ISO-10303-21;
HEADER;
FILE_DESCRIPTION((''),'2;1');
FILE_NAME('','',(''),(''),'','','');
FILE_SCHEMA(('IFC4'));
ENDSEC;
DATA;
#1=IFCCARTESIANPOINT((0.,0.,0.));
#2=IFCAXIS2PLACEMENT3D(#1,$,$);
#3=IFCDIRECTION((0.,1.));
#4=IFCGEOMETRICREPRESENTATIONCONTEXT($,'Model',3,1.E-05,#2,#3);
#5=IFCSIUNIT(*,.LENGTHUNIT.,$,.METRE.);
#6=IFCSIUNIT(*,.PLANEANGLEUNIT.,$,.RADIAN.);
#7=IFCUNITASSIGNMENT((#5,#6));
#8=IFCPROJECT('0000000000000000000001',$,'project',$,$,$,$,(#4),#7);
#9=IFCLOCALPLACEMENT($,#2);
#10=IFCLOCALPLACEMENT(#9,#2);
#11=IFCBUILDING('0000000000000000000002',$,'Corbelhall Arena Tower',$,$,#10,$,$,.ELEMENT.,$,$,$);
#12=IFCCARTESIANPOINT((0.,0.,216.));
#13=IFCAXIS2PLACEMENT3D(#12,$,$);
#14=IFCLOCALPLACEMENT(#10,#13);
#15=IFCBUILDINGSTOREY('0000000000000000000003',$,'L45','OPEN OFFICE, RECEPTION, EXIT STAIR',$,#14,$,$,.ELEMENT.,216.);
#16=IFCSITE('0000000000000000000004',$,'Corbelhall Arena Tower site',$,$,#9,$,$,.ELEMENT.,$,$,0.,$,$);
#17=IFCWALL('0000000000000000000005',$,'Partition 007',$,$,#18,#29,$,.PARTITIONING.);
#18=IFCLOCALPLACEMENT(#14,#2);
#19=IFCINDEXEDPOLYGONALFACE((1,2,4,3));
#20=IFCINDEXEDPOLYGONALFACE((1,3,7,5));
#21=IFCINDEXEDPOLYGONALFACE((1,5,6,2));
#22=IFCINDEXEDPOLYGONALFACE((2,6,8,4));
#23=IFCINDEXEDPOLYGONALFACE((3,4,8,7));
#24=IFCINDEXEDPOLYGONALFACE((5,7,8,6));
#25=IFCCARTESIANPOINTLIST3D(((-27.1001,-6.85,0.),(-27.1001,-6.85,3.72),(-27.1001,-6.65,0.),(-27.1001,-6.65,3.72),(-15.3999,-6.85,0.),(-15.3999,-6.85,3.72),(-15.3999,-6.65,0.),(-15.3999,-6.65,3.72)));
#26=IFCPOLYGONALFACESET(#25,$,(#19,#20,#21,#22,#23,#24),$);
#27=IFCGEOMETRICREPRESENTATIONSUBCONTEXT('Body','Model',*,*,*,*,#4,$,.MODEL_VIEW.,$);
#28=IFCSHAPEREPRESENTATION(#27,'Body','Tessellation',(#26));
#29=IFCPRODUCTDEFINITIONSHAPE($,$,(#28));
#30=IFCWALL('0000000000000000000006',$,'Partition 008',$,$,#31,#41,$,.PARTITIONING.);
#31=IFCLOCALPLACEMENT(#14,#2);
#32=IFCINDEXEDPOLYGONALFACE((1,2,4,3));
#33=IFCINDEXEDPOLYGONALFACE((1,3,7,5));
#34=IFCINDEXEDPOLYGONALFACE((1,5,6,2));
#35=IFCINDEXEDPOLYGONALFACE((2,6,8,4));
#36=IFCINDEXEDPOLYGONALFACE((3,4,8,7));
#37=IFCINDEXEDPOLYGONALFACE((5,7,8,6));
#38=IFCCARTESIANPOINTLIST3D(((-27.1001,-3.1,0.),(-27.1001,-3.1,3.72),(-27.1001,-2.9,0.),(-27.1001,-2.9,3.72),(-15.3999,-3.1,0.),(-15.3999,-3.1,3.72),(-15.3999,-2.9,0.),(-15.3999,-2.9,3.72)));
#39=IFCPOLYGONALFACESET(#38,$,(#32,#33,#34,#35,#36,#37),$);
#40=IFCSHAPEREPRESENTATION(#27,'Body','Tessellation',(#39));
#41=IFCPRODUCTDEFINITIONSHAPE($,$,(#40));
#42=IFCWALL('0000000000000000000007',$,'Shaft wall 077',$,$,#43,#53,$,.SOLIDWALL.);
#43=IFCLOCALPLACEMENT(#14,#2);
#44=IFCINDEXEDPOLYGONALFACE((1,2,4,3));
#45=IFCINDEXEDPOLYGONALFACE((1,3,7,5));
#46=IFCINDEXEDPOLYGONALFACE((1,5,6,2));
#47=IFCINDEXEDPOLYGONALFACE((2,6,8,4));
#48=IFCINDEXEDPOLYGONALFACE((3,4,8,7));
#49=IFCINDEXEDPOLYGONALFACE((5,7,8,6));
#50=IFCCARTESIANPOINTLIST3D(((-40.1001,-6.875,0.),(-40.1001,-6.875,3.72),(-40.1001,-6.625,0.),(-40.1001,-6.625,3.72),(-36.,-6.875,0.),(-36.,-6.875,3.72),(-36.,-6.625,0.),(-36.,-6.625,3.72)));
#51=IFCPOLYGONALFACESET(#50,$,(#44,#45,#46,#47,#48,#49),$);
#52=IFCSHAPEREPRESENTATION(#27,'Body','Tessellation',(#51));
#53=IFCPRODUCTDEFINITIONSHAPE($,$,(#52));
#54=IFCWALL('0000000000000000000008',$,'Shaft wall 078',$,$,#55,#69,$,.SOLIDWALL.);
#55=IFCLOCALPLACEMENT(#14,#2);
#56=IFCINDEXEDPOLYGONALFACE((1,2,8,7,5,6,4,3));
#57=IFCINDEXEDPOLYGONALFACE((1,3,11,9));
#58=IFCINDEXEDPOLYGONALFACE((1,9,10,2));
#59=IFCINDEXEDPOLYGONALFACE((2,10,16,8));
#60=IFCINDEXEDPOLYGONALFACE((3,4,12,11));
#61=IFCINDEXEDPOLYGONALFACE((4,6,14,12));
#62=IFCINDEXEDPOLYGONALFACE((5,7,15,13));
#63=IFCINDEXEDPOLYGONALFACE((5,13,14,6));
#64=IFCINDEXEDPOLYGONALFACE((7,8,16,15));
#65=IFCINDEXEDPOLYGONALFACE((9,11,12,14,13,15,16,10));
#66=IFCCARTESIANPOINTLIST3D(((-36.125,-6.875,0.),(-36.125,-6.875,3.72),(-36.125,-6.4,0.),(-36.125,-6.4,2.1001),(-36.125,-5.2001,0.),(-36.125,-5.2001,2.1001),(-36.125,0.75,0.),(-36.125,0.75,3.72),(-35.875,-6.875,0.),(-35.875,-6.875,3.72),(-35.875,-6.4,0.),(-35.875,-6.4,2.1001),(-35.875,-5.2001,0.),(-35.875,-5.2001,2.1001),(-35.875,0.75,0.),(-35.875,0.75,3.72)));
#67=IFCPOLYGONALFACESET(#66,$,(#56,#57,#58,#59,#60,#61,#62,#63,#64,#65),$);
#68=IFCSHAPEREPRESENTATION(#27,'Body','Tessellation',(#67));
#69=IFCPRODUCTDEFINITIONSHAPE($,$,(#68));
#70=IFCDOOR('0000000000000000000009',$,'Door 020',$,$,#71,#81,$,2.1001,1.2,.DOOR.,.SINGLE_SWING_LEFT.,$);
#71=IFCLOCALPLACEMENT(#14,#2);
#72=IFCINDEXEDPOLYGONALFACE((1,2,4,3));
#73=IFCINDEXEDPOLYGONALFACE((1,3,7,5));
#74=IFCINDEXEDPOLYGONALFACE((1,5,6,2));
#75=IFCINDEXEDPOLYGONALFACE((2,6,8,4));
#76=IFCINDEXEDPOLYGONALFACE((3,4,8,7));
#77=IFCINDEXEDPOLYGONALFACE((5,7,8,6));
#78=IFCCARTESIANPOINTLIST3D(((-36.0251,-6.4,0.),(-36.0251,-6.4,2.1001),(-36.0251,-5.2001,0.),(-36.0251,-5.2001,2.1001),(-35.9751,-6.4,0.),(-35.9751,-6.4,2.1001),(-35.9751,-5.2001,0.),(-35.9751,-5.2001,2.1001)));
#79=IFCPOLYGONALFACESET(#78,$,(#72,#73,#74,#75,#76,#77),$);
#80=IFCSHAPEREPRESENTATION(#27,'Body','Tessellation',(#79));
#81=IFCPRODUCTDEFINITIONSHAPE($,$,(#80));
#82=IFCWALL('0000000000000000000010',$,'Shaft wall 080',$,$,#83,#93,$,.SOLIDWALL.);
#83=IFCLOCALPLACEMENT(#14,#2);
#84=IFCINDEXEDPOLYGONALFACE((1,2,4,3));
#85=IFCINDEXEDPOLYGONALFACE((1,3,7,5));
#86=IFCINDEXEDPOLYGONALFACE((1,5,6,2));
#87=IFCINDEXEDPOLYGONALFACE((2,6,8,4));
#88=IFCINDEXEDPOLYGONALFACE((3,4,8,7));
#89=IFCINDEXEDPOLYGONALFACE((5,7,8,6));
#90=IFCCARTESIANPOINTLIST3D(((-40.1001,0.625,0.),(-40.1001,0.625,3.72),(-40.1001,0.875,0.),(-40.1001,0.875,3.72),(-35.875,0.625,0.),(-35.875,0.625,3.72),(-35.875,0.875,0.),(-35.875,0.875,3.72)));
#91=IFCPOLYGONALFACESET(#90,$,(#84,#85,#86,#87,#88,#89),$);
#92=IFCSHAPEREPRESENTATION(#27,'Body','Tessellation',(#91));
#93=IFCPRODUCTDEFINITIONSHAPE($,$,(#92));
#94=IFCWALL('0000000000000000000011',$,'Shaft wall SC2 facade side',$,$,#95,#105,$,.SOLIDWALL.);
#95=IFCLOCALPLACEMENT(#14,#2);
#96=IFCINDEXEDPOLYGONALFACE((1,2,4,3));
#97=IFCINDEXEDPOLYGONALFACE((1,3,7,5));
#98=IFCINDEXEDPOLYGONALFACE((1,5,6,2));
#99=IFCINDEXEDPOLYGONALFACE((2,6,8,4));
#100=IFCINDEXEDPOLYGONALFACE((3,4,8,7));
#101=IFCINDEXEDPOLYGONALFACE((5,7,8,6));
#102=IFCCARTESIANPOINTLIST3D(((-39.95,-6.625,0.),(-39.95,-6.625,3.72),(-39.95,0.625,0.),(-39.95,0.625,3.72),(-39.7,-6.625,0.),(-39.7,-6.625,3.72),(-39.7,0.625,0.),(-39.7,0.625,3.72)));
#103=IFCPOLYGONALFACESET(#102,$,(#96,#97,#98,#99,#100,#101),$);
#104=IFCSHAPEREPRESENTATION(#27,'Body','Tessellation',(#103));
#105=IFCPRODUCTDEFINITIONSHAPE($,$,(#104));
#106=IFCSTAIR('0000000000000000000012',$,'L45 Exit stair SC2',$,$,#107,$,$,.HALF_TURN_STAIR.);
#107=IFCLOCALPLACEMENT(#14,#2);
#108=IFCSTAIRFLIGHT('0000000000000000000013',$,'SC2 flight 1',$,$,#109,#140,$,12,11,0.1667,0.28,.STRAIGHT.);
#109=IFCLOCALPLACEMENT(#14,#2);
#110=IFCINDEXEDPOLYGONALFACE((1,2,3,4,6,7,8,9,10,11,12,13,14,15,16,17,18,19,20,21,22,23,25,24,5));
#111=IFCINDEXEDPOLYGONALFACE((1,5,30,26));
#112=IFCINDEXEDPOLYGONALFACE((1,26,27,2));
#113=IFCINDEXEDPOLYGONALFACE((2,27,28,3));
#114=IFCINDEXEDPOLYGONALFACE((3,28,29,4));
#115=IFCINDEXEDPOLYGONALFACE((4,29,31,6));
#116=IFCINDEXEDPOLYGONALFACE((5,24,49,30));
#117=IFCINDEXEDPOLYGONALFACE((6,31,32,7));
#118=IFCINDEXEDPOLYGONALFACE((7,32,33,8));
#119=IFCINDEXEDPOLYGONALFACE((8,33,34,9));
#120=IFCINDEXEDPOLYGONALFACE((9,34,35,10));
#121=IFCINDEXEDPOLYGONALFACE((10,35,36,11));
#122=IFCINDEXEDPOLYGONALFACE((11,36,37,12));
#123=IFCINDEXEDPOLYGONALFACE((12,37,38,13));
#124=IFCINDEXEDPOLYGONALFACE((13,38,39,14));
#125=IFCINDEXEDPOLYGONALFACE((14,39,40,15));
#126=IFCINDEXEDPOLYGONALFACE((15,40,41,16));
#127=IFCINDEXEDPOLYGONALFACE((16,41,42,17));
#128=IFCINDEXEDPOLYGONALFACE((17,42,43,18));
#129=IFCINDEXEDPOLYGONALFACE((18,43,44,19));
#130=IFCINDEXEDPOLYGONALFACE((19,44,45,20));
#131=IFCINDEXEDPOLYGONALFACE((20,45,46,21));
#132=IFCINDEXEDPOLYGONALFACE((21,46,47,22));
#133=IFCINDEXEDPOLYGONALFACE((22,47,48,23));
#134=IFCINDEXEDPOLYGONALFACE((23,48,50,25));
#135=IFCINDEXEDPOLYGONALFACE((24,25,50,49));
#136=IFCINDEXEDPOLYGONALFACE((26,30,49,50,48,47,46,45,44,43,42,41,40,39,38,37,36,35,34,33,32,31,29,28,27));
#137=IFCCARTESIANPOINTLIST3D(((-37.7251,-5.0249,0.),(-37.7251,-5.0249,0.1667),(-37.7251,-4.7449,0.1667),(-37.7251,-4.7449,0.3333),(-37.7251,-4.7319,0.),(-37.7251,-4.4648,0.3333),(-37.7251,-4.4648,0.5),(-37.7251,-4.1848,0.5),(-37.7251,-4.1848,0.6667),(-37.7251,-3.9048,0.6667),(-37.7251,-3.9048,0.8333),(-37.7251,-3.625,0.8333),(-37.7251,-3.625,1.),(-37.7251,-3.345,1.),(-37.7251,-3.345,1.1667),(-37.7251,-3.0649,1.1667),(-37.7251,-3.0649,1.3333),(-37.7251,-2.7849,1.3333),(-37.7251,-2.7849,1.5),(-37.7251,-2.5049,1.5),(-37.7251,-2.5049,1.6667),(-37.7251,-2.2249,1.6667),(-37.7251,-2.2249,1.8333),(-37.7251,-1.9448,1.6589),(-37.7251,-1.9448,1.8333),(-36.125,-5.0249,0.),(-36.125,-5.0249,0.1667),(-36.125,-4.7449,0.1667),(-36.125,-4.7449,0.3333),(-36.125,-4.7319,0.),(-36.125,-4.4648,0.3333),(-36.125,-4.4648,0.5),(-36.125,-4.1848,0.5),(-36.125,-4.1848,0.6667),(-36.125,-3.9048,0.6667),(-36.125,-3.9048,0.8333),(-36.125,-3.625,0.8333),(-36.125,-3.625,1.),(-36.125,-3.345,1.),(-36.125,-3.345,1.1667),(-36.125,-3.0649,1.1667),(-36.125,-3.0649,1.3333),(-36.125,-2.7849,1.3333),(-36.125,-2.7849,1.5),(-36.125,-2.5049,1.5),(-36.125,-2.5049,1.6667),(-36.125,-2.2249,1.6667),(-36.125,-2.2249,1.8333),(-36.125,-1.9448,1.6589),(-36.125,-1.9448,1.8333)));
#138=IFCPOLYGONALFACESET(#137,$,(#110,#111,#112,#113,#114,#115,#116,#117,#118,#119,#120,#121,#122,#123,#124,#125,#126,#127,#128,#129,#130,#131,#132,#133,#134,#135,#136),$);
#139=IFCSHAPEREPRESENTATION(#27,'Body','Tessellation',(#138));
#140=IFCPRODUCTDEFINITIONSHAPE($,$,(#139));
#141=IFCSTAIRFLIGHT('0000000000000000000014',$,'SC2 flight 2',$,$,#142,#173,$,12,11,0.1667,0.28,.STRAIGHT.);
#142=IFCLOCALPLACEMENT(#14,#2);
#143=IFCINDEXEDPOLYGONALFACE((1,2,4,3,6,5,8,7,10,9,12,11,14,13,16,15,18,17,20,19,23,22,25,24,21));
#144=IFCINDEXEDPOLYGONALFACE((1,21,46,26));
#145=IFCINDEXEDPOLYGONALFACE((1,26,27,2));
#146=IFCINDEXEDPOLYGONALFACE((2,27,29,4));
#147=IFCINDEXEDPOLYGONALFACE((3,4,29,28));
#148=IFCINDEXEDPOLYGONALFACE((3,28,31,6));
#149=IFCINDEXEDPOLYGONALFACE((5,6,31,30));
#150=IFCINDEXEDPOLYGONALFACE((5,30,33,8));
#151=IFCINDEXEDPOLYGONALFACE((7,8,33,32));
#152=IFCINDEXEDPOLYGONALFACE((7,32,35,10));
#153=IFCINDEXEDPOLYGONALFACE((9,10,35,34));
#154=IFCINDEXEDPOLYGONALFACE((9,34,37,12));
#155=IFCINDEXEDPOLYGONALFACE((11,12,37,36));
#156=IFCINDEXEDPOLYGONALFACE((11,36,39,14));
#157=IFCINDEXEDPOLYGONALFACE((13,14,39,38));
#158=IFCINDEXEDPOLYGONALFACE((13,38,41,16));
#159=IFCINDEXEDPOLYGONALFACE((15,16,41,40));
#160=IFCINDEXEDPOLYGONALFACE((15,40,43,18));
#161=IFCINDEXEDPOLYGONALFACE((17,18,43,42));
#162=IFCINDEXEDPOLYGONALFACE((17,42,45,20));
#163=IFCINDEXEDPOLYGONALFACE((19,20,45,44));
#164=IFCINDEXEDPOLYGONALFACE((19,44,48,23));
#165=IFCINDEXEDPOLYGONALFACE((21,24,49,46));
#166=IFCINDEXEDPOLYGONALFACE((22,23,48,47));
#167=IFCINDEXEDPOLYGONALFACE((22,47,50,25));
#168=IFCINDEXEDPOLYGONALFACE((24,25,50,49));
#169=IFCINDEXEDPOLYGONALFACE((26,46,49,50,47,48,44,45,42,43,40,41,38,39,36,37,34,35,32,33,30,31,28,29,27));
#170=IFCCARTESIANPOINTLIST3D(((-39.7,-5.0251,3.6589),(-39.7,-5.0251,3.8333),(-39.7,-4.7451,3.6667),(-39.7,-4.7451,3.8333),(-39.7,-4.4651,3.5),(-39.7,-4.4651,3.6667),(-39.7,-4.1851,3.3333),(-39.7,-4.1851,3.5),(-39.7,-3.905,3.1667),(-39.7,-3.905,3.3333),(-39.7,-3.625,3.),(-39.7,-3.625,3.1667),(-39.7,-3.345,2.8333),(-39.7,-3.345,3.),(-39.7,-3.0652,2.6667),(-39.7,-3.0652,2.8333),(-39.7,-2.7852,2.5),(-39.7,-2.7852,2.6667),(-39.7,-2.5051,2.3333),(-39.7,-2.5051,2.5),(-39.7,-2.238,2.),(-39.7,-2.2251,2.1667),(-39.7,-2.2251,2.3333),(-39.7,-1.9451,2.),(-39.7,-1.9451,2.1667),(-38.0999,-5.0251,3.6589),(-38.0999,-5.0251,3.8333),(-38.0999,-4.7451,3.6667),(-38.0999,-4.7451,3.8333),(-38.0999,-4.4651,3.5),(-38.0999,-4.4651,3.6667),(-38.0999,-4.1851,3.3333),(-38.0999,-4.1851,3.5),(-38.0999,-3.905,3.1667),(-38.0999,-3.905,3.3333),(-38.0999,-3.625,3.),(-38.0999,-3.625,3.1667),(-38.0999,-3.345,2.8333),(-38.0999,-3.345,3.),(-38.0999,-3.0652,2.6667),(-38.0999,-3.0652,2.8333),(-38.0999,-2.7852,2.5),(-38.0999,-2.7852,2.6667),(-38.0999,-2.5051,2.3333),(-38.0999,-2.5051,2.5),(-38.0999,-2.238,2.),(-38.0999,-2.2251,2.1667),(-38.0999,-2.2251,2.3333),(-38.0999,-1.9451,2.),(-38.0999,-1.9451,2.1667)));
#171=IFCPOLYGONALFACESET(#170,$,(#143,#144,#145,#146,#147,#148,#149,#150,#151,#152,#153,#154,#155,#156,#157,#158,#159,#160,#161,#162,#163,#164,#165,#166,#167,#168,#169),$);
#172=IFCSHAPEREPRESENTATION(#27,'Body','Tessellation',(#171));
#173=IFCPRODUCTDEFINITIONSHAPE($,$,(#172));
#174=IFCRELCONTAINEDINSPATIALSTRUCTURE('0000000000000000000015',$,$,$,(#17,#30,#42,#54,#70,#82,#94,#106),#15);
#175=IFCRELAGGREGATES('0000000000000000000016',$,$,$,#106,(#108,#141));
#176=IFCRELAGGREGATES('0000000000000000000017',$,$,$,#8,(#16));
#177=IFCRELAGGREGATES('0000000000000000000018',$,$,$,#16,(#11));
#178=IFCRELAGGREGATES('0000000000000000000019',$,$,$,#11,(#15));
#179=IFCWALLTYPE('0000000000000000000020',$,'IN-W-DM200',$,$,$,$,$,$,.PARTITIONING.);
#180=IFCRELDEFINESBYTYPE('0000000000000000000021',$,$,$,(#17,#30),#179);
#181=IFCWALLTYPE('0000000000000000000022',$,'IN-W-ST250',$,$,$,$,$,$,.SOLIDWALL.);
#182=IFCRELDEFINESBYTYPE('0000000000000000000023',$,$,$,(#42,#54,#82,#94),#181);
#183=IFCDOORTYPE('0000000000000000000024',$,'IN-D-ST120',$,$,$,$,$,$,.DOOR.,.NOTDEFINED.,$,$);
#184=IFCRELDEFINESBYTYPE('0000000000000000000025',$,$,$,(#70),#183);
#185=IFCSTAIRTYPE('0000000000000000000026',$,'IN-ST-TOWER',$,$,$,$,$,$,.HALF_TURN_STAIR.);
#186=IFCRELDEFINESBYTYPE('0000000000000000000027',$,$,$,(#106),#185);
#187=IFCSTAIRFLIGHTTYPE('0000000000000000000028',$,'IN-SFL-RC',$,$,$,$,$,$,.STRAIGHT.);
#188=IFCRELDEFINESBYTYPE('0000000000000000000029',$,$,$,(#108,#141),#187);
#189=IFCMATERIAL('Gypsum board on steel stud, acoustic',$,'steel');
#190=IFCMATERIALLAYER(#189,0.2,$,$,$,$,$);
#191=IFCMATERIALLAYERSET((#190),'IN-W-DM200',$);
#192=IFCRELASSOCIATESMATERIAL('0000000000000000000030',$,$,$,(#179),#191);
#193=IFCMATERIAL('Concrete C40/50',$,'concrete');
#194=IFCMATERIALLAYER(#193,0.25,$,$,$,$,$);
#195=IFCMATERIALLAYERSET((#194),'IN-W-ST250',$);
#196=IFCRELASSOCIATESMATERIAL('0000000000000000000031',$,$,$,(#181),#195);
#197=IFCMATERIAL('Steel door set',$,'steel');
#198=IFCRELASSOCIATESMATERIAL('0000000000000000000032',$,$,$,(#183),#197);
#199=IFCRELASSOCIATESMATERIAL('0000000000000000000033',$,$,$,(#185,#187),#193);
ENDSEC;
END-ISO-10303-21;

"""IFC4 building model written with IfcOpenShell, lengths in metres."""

from ifc_helpers import new_model, si_unit, direction, frame, frame_2d, origin, place, context, subcontext, project, spatial, polyline, rectangle, outline, extrude, material, layer, layer_set, type_object, element, fill, aggregate, save


model = new_model("IFC4")

# Units and contexts
model_context = context("Model", 3, precision=1e-05, world=origin(), true_north=direction((0.0, 1.0)))
body_context = subcontext(model_context, "Body", "Model", "MODEL_VIEW")
ifc_project = project(units=[si_unit("LENGTHUNIT", "METRE"), si_unit("PLANEANGLEUNIT", "RADIAN")], contexts=[model_context])

# Site, building, storey
site_placement = place(None, origin())
site = spatial("IfcSite", under=ifc_project, at=site_placement, Name="Corbelhall Arena Tower site", CompositionType="ELEMENT", RefElevation=0.0)
building_placement = place(site_placement, origin())
building = spatial("IfcBuilding", under=site, at=building_placement, Name="Corbelhall Arena Tower", CompositionType="ELEMENT")
storey_placement = place(building_placement, frame((0.0, 0.0, 216.0)))
storey = spatial("IfcBuildingStorey", under=building, at=storey_placement, Name="L45", Description="OPEN OFFICE, RECEPTION, EXIT STAIR", CompositionType="ELEMENT", Elevation=216.0)

# Walls
ifc_material_1 = material(Name="Gypsum board on steel stud, acoustic", Category="steel")
ifc_layer_1 = layer(ifc_material_1, 0.2)
ifc_layer_set_1 = layer_set([ifc_layer_1], Name="IN-W-DM200")
wall_type_1 = type_object("IfcWallType", Name="IN-W-DM200", PredefinedType="PARTITIONING", material=ifc_layer_set_1)
for number, where, z_axis, x_axis, name in (
    (1, (-27.1001, -6.75, 0.0), (0.0, 0.0, 1.0), (1.0, 0.0, 0.0), "Partition 007"),
    (2, (-27.1001, -3.0, 0.0), (0.0, 0.0, 1.0), (1.0, 0.0, 0.0), "Partition 008"),
):
    element("IfcWall", number, at=place(storey_placement, frame(where, z_axis=z_axis, x_axis=x_axis)), inside=storey, type_object=wall_type_1, Name=name, PredefinedType="PARTITIONING", context=body_context, shape_type="SweptSolid", body=[
        extrude(rectangle(XDim=11.7002, YDim=0.2, at=frame_2d((5.8501, 0.0))), origin(), (0.0, 0.0, 1.0), 3.72),
    ])
ifc_material_2 = material(Name="Concrete C40/50", Category="concrete")
ifc_layer_2 = layer(ifc_material_2, 0.25)
ifc_layer_set_2 = layer_set([ifc_layer_2], Name="IN-W-ST250")
wall_type_2 = type_object("IfcWallType", Name="IN-W-ST250", PredefinedType="SOLIDWALL", material=ifc_layer_set_2)
wall_1_placement = place(storey_placement, frame((-36.0, -6.75, 0.0), z_axis=(0.0, 0.0, 1.0), x_axis=(-1.0, 0.0, 0.0)))
element("IfcWall", 3, at=wall_1_placement, inside=storey, type_object=wall_type_2, Name="Shaft wall 077", PredefinedType="SOLIDWALL", context=body_context, shape_type="SweptSolid", body=[
    extrude(rectangle(XDim=4.1001, YDim=0.25, at=frame_2d((2.05, 0.0))), origin(), (0.0, 0.0, 1.0), 3.72),
])

# Wall, opening, door
wall_2_placement = place(storey_placement, frame((-36.0, 0.75, 0.0), z_axis=(0.0, 0.0, 1.0), x_axis=(0.0, -1.0, 0.0)))
wall_2 = element("IfcWall", 4, at=wall_2_placement, inside=storey, type_object=wall_type_2, Name="Shaft wall 078", PredefinedType="SOLIDWALL", context=body_context, shape_type="SweptSolid", body=[
    extrude(rectangle(XDim=7.625, YDim=0.25, at=frame_2d((3.8125, 0.0))), origin(), (0.0, 0.0, 1.0), 3.72),
])
opening_1_placement = place(wall_2_placement, frame((5.95, 0.0, 0.0)))
opening_1 = element("IfcOpeningElement", 5, at=opening_1_placement, cuts=wall_2, PredefinedType="OPENING", context=body_context, shape_type="SweptSolid", body=[
    extrude(rectangle(XDim=1.2, YDim=2.1001, at=frame_2d((0.6001, 1.05))), frame((0.0, 0.125, 0.0), z_axis=(0.0, -1.0, 0.0), x_axis=(1.0, 0.0, 0.0)), (0.0, 0.0, 1.0), 0.25),
])
ifc_material_3 = material(Name="Steel door set", Category="steel")
door_type = type_object("IfcDoorType", Name="IN-D-ST120", OperationType="NOTDEFINED", PredefinedType="DOOR", material=ifc_material_3)
door_placement = place(opening_1_placement, origin())
door = element("IfcDoor", 6, at=door_placement, inside=storey, type_object=door_type, Name="Door 020", OperationType="SINGLE_SWING_LEFT", OverallHeight=2.1001, OverallWidth=1.2, PredefinedType="DOOR", context=body_context, shape_type="SweptSolid", body=[
    extrude(rectangle(XDim=1.2, YDim=2.1001, at=frame_2d((0.6001, 1.05))), frame((0.0, 0.0249, 0.0), z_axis=(0.0, -1.0, 0.0), x_axis=(1.0, 0.0, 0.0)), (0.0, 0.0, 1.0), 0.05),
])
fill(opening_1, door)

# Walls
wall_3_placement = place(storey_placement, frame((-35.875, 0.75, 0.0), z_axis=(0.0, 0.0, 1.0), x_axis=(-1.0, 0.0, 0.0)))
element("IfcWall", 7, at=wall_3_placement, inside=storey, type_object=wall_type_2, Name="Shaft wall 080", PredefinedType="SOLIDWALL", context=body_context, shape_type="SweptSolid", body=[
    extrude(rectangle(XDim=4.2251, YDim=0.25, at=frame_2d((2.1125, 0.0))), origin(), (0.0, 0.0, 1.0), 3.72),
])
wall_4_placement = place(storey_placement, frame((-39.825, -6.625, 0.0), z_axis=(0.0, 0.0, 1.0), x_axis=(0.0, 1.0, 0.0)))
element("IfcWall", 8, at=wall_4_placement, inside=storey, type_object=wall_type_2, Name="Shaft wall SC2 facade side", PredefinedType="SOLIDWALL", context=body_context, shape_type="SweptSolid", body=[
    extrude(rectangle(XDim=7.25, YDim=0.25, at=frame_2d((3.625, 0.0))), origin(), (0.0, 0.0, 1.0), 3.72),
])

# Stair, stair flights
stair_type = type_object("IfcStairType", Name="IN-ST-TOWER", PredefinedType="HALF_TURN_STAIR", material=ifc_material_2)
stair_placement = place(storey_placement, origin())
stair = element("IfcStair", 9, at=stair_placement, inside=storey, type_object=stair_type, Name="L45 Exit stair SC2", PredefinedType="HALF_TURN_STAIR")
stair_flight_type = type_object("IfcStairFlightType", Name="IN-SFL-RC", PredefinedType="STRAIGHT", material=ifc_material_2)
stair_flight_1_placement = place(storey_placement, frame((-36.925, -5.0249, 0.0), z_axis=(0.0, 0.0, 1.0), x_axis=(0.0, 1.0, 0.0)))
stair_flight_1 = element("IfcStairFlight", 10, at=stair_flight_1_placement, type_object=stair_flight_type, Name="SC2 flight 1", NumberOfRisers=12, NumberOfTreads=11, PredefinedType="STRAIGHT", RiserHeight=0.1667, TreadLength=0.28, context=body_context, shape_type="SweptSolid", body=[
    extrude(outline(polyline([(0.0, 0.0), (0.0, 0.1667), (0.28, 0.1667), (0.28, 0.3333), (0.5601, 0.3333), (0.5601, 0.5), (0.8401, 0.5), (0.8401, 0.6667), (1.1201, 0.6667), (1.1201, 0.8333), (1.3999, 0.8333), (1.3999, 1.0), (1.6799, 1.0), (1.6799, 1.1667), (1.96, 1.1667), (1.96, 1.3333), (2.24, 1.3333), (2.24, 1.5), (2.52, 1.5), (2.52, 1.6667), (2.8, 1.6667), (2.8, 1.8333), (3.0801, 1.8333), (3.0801, 2.0), (3.0801, 1.6589), (0.293, 0.0), (0.0, 0.0)])), frame((0.0, 0.8, 0.0), z_axis=(0.0, -1.0, 0.0), x_axis=(1.0, 0.0, 0.0)), (0.0, 0.0, 1.0), 1.6001),
])
stair_flight_2_placement = place(storey_placement, frame((-38.8999, -1.9451, 2.0), z_axis=(0.0, 0.0, 1.0), x_axis=(0.0, -1.0, 0.0)))
stair_flight_2 = element("IfcStairFlight", 11, at=stair_flight_2_placement, type_object=stair_flight_type, Name="SC2 flight 2", NumberOfRisers=12, NumberOfTreads=11, PredefinedType="STRAIGHT", RiserHeight=0.1667, TreadLength=0.28, context=body_context, shape_type="SweptSolid", body=[
    extrude(outline(polyline([(0.0, 0.0), (0.0, 0.1667), (0.28, 0.1667), (0.28, 0.3333), (0.5601, 0.3333), (0.5601, 0.5), (0.8401, 0.5), (0.8401, 0.6667), (1.1201, 0.6667), (1.1201, 0.8333), (1.3999, 0.8333), (1.3999, 1.0), (1.6799, 1.0), (1.6799, 1.1667), (1.96, 1.1667), (1.96, 1.3333), (2.24, 1.3333), (2.24, 1.5), (2.52, 1.5), (2.52, 1.6667), (2.8, 1.6667), (2.8, 1.8333), (3.0801, 1.8333), (3.0801, 2.0), (3.0801, 1.6589), (0.293, 0.0), (0.0, 0.0)])), frame((0.0, 0.8, 0.0), z_axis=(0.0, -1.0, 0.0), x_axis=(1.0, 0.0, 0.0)), (0.0, 0.0, 1.0), 1.6001),
])
aggregate(stair, [stair_flight_1, stair_flight_2])

save(model, "model.ifc")
